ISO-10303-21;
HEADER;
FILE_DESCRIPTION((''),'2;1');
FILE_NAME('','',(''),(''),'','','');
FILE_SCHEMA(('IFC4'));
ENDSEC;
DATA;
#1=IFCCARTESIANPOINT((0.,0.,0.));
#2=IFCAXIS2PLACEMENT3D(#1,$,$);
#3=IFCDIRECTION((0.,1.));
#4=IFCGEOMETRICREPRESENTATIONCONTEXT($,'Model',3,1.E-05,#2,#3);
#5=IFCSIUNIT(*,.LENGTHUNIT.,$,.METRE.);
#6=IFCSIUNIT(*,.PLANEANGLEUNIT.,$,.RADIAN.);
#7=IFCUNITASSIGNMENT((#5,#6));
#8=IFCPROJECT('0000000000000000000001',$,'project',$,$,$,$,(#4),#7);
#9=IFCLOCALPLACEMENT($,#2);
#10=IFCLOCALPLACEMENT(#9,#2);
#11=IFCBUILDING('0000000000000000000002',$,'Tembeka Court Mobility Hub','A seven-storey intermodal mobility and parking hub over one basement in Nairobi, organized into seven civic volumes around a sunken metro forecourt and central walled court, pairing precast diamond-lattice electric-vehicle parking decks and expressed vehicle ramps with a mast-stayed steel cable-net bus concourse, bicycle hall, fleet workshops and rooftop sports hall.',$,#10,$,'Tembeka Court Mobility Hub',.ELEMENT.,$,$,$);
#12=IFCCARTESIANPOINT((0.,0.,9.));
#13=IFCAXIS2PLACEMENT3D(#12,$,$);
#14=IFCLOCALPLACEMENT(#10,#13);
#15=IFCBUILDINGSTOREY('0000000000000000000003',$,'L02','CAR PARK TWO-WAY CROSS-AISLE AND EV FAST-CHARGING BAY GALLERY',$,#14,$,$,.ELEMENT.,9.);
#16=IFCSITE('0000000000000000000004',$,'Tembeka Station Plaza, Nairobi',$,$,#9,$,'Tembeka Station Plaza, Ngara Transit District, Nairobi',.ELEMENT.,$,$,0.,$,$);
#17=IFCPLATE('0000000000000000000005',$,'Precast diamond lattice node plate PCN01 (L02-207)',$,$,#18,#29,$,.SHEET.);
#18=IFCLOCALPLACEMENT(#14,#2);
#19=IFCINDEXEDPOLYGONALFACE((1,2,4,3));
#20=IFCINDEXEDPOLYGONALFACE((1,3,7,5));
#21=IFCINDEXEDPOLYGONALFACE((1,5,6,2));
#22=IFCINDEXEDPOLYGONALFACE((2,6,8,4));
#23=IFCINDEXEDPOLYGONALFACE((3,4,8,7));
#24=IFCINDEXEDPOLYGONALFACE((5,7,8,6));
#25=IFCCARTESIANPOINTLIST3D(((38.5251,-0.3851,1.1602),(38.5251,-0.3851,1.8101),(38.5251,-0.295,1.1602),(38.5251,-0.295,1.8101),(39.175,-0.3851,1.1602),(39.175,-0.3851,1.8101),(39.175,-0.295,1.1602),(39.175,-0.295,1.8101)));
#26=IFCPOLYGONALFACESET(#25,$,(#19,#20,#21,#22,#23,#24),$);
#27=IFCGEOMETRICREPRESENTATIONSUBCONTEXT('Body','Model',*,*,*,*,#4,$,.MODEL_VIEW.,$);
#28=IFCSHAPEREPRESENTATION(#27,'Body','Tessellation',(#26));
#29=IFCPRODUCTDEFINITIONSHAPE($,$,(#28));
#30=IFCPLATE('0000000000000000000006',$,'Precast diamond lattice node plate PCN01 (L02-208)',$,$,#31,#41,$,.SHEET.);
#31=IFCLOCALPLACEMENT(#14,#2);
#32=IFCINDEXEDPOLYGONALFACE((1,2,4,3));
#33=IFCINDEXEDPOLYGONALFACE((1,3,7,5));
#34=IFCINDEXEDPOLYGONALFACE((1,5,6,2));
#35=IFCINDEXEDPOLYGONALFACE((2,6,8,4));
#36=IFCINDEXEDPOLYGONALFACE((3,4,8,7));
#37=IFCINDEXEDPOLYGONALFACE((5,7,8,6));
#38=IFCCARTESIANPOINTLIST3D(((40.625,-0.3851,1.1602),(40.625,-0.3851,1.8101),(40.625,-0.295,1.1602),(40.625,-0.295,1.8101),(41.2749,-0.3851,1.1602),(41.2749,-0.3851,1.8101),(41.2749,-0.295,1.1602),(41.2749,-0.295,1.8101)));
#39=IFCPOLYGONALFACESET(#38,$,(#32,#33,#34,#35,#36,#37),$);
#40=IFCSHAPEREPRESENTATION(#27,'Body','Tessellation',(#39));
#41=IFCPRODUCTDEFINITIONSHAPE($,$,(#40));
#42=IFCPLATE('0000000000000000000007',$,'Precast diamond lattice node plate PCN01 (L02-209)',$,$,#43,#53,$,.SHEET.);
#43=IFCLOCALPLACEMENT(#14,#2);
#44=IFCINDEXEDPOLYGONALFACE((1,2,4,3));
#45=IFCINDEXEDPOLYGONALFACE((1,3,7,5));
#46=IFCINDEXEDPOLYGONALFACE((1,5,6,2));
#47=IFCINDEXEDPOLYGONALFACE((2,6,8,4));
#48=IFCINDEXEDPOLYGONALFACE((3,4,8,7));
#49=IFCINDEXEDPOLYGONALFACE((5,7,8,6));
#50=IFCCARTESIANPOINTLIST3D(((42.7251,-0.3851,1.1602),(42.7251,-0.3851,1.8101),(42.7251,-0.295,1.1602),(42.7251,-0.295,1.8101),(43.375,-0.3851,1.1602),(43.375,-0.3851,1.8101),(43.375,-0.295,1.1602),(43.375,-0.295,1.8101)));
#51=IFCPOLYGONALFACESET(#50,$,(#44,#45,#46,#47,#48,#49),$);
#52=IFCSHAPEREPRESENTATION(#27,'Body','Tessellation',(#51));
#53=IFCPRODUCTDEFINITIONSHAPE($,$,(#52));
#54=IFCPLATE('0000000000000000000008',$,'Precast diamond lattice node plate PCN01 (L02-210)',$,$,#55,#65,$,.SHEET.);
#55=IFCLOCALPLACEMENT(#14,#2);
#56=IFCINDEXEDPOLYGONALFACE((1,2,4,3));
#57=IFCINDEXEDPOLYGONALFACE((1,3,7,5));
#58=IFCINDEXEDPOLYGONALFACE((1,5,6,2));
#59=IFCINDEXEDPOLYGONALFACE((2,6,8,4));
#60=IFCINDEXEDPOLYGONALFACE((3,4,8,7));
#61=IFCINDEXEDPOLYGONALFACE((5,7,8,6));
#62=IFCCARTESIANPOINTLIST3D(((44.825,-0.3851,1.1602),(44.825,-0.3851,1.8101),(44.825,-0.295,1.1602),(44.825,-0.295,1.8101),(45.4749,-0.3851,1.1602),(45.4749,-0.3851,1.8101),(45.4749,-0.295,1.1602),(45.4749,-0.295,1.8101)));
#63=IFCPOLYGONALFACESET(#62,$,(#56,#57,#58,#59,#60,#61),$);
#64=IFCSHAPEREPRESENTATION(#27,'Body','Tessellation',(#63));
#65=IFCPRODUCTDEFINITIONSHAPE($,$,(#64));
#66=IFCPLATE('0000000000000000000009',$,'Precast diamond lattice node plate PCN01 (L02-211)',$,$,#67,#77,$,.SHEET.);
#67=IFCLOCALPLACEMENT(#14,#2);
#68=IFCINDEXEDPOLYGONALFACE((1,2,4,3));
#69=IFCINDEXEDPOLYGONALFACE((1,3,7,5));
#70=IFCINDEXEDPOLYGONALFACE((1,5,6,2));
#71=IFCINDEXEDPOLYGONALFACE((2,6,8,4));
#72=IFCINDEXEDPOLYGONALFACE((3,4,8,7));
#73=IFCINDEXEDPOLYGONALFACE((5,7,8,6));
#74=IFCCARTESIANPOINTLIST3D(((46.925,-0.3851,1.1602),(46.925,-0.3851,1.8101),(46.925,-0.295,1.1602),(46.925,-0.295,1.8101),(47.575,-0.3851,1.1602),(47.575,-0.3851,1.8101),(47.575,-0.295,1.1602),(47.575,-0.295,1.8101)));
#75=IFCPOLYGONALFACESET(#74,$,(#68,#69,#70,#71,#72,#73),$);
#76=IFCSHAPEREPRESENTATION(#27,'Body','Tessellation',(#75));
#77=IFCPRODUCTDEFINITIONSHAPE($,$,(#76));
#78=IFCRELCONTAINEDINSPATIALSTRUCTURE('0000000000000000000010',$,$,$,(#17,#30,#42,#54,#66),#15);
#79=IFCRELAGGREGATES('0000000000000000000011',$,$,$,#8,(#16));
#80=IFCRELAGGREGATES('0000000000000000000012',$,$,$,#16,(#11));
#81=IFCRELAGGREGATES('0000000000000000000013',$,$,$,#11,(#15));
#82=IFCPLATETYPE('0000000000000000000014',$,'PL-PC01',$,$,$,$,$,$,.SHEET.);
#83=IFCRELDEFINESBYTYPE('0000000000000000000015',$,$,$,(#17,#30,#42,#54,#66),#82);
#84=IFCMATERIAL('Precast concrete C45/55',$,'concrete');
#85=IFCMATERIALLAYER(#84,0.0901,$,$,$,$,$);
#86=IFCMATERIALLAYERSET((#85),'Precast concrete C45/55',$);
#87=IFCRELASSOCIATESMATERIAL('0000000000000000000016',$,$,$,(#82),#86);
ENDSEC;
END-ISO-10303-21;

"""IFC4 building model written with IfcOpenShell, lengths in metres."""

from ifc_helpers import new_model, si_unit, direction, frame, origin, origin_2d, place, context, subcontext, project, spatial, rectangle, extrude, material, layer, layer_set, type_object, element, save


model = new_model("IFC4")

# Units and contexts
model_context = context("Model", 3, precision=1e-05, world=origin(), true_north=direction((0.0, 1.0)))
body_context = subcontext(model_context, "Body", "Model", "MODEL_VIEW")
ifc_project = project(units=[si_unit("LENGTHUNIT", "METRE"), si_unit("PLANEANGLEUNIT", "RADIAN")], contexts=[model_context])

# Site, building, storey
site_placement = place(None, origin())
site = spatial("IfcSite", under=ifc_project, at=site_placement, Name="Tembeka Station Plaza, Nairobi", LongName="Tembeka Station Plaza, Ngara Transit District, Nairobi", CompositionType="ELEMENT", RefElevation=0.0)
building_placement = place(site_placement, origin())
building = spatial("IfcBuilding", under=site, at=building_placement, Name="Tembeka Court Mobility Hub", Description="A seven-storey intermodal mobility and parking hub over one basement in Nairobi, organized into seven civic volumes around a sunken metro forecourt and central walled court, pairing precast diamond-lattice electric-vehicle parking decks and expressed vehicle ramps with a mast-stayed steel cable-net bus concourse, bicycle hall, fleet workshops and rooftop sports hall.", LongName="Tembeka Court Mobility Hub", CompositionType="ELEMENT")
storey_placement = place(building_placement, frame((0.0, 0.0, 9.0)))
storey = spatial("IfcBuildingStorey", under=building, at=storey_placement, Name="L02", Description="CAR PARK TWO-WAY CROSS-AISLE AND EV FAST-CHARGING BAY GALLERY", CompositionType="ELEMENT", Elevation=9.0)

# Shared definitions
ifc_material_1 = material(Name="Precast concrete C45/55", Category="concrete")

# Plates
ifc_layer = layer(ifc_material_1, 0.0901)
ifc_layer_set = layer_set([ifc_layer], Name="Precast concrete C45/55")
plate_type = type_object("IfcPlateType", Name="PL-PC01", PredefinedType="SHEET", material=ifc_layer_set)
for number, where, z_axis, x_axis, name in (
    (1, (38.8501, -0.3401, 1.1602), (0.0, 0.0, 1.0), (1.0, 0.0, 0.0), "Precast diamond lattice node plate PCN01 (L02-207)"),
    (2, (40.95, -0.3401, 1.1602), (0.0, 0.0, 1.0), (1.0, 0.0, 0.0), "Precast diamond lattice node plate PCN01 (L02-208)"),
    (3, (43.05, -0.3401, 1.1602), (0.0, 0.0, 1.0), (1.0, 0.0, 0.0), "Precast diamond lattice node plate PCN01 (L02-209)"),
    (4, (45.1499, -0.3401, 1.1602), (0.0, 0.0, 1.0), (1.0, 0.0, 0.0), "Precast diamond lattice node plate PCN01 (L02-210)"),
    (5, (47.25, -0.3401, 1.1602), (0.0, 0.0, 1.0), (1.0, 0.0, 0.0), "Precast diamond lattice node plate PCN01 (L02-211)"),
):
    element("IfcPlate", number, at=place(storey_placement, frame(where, z_axis=z_axis, x_axis=x_axis)), inside=storey, type_object=plate_type, Name=name, PredefinedType="SHEET", context=body_context, shape_type="SweptSolid", body=[
        extrude(rectangle(XDim=0.6499, YDim=0.0901, at=origin_2d()), origin(), (0.0, 0.0, 1.0), 0.6499),
    ])

save(model, "model.ifc")
